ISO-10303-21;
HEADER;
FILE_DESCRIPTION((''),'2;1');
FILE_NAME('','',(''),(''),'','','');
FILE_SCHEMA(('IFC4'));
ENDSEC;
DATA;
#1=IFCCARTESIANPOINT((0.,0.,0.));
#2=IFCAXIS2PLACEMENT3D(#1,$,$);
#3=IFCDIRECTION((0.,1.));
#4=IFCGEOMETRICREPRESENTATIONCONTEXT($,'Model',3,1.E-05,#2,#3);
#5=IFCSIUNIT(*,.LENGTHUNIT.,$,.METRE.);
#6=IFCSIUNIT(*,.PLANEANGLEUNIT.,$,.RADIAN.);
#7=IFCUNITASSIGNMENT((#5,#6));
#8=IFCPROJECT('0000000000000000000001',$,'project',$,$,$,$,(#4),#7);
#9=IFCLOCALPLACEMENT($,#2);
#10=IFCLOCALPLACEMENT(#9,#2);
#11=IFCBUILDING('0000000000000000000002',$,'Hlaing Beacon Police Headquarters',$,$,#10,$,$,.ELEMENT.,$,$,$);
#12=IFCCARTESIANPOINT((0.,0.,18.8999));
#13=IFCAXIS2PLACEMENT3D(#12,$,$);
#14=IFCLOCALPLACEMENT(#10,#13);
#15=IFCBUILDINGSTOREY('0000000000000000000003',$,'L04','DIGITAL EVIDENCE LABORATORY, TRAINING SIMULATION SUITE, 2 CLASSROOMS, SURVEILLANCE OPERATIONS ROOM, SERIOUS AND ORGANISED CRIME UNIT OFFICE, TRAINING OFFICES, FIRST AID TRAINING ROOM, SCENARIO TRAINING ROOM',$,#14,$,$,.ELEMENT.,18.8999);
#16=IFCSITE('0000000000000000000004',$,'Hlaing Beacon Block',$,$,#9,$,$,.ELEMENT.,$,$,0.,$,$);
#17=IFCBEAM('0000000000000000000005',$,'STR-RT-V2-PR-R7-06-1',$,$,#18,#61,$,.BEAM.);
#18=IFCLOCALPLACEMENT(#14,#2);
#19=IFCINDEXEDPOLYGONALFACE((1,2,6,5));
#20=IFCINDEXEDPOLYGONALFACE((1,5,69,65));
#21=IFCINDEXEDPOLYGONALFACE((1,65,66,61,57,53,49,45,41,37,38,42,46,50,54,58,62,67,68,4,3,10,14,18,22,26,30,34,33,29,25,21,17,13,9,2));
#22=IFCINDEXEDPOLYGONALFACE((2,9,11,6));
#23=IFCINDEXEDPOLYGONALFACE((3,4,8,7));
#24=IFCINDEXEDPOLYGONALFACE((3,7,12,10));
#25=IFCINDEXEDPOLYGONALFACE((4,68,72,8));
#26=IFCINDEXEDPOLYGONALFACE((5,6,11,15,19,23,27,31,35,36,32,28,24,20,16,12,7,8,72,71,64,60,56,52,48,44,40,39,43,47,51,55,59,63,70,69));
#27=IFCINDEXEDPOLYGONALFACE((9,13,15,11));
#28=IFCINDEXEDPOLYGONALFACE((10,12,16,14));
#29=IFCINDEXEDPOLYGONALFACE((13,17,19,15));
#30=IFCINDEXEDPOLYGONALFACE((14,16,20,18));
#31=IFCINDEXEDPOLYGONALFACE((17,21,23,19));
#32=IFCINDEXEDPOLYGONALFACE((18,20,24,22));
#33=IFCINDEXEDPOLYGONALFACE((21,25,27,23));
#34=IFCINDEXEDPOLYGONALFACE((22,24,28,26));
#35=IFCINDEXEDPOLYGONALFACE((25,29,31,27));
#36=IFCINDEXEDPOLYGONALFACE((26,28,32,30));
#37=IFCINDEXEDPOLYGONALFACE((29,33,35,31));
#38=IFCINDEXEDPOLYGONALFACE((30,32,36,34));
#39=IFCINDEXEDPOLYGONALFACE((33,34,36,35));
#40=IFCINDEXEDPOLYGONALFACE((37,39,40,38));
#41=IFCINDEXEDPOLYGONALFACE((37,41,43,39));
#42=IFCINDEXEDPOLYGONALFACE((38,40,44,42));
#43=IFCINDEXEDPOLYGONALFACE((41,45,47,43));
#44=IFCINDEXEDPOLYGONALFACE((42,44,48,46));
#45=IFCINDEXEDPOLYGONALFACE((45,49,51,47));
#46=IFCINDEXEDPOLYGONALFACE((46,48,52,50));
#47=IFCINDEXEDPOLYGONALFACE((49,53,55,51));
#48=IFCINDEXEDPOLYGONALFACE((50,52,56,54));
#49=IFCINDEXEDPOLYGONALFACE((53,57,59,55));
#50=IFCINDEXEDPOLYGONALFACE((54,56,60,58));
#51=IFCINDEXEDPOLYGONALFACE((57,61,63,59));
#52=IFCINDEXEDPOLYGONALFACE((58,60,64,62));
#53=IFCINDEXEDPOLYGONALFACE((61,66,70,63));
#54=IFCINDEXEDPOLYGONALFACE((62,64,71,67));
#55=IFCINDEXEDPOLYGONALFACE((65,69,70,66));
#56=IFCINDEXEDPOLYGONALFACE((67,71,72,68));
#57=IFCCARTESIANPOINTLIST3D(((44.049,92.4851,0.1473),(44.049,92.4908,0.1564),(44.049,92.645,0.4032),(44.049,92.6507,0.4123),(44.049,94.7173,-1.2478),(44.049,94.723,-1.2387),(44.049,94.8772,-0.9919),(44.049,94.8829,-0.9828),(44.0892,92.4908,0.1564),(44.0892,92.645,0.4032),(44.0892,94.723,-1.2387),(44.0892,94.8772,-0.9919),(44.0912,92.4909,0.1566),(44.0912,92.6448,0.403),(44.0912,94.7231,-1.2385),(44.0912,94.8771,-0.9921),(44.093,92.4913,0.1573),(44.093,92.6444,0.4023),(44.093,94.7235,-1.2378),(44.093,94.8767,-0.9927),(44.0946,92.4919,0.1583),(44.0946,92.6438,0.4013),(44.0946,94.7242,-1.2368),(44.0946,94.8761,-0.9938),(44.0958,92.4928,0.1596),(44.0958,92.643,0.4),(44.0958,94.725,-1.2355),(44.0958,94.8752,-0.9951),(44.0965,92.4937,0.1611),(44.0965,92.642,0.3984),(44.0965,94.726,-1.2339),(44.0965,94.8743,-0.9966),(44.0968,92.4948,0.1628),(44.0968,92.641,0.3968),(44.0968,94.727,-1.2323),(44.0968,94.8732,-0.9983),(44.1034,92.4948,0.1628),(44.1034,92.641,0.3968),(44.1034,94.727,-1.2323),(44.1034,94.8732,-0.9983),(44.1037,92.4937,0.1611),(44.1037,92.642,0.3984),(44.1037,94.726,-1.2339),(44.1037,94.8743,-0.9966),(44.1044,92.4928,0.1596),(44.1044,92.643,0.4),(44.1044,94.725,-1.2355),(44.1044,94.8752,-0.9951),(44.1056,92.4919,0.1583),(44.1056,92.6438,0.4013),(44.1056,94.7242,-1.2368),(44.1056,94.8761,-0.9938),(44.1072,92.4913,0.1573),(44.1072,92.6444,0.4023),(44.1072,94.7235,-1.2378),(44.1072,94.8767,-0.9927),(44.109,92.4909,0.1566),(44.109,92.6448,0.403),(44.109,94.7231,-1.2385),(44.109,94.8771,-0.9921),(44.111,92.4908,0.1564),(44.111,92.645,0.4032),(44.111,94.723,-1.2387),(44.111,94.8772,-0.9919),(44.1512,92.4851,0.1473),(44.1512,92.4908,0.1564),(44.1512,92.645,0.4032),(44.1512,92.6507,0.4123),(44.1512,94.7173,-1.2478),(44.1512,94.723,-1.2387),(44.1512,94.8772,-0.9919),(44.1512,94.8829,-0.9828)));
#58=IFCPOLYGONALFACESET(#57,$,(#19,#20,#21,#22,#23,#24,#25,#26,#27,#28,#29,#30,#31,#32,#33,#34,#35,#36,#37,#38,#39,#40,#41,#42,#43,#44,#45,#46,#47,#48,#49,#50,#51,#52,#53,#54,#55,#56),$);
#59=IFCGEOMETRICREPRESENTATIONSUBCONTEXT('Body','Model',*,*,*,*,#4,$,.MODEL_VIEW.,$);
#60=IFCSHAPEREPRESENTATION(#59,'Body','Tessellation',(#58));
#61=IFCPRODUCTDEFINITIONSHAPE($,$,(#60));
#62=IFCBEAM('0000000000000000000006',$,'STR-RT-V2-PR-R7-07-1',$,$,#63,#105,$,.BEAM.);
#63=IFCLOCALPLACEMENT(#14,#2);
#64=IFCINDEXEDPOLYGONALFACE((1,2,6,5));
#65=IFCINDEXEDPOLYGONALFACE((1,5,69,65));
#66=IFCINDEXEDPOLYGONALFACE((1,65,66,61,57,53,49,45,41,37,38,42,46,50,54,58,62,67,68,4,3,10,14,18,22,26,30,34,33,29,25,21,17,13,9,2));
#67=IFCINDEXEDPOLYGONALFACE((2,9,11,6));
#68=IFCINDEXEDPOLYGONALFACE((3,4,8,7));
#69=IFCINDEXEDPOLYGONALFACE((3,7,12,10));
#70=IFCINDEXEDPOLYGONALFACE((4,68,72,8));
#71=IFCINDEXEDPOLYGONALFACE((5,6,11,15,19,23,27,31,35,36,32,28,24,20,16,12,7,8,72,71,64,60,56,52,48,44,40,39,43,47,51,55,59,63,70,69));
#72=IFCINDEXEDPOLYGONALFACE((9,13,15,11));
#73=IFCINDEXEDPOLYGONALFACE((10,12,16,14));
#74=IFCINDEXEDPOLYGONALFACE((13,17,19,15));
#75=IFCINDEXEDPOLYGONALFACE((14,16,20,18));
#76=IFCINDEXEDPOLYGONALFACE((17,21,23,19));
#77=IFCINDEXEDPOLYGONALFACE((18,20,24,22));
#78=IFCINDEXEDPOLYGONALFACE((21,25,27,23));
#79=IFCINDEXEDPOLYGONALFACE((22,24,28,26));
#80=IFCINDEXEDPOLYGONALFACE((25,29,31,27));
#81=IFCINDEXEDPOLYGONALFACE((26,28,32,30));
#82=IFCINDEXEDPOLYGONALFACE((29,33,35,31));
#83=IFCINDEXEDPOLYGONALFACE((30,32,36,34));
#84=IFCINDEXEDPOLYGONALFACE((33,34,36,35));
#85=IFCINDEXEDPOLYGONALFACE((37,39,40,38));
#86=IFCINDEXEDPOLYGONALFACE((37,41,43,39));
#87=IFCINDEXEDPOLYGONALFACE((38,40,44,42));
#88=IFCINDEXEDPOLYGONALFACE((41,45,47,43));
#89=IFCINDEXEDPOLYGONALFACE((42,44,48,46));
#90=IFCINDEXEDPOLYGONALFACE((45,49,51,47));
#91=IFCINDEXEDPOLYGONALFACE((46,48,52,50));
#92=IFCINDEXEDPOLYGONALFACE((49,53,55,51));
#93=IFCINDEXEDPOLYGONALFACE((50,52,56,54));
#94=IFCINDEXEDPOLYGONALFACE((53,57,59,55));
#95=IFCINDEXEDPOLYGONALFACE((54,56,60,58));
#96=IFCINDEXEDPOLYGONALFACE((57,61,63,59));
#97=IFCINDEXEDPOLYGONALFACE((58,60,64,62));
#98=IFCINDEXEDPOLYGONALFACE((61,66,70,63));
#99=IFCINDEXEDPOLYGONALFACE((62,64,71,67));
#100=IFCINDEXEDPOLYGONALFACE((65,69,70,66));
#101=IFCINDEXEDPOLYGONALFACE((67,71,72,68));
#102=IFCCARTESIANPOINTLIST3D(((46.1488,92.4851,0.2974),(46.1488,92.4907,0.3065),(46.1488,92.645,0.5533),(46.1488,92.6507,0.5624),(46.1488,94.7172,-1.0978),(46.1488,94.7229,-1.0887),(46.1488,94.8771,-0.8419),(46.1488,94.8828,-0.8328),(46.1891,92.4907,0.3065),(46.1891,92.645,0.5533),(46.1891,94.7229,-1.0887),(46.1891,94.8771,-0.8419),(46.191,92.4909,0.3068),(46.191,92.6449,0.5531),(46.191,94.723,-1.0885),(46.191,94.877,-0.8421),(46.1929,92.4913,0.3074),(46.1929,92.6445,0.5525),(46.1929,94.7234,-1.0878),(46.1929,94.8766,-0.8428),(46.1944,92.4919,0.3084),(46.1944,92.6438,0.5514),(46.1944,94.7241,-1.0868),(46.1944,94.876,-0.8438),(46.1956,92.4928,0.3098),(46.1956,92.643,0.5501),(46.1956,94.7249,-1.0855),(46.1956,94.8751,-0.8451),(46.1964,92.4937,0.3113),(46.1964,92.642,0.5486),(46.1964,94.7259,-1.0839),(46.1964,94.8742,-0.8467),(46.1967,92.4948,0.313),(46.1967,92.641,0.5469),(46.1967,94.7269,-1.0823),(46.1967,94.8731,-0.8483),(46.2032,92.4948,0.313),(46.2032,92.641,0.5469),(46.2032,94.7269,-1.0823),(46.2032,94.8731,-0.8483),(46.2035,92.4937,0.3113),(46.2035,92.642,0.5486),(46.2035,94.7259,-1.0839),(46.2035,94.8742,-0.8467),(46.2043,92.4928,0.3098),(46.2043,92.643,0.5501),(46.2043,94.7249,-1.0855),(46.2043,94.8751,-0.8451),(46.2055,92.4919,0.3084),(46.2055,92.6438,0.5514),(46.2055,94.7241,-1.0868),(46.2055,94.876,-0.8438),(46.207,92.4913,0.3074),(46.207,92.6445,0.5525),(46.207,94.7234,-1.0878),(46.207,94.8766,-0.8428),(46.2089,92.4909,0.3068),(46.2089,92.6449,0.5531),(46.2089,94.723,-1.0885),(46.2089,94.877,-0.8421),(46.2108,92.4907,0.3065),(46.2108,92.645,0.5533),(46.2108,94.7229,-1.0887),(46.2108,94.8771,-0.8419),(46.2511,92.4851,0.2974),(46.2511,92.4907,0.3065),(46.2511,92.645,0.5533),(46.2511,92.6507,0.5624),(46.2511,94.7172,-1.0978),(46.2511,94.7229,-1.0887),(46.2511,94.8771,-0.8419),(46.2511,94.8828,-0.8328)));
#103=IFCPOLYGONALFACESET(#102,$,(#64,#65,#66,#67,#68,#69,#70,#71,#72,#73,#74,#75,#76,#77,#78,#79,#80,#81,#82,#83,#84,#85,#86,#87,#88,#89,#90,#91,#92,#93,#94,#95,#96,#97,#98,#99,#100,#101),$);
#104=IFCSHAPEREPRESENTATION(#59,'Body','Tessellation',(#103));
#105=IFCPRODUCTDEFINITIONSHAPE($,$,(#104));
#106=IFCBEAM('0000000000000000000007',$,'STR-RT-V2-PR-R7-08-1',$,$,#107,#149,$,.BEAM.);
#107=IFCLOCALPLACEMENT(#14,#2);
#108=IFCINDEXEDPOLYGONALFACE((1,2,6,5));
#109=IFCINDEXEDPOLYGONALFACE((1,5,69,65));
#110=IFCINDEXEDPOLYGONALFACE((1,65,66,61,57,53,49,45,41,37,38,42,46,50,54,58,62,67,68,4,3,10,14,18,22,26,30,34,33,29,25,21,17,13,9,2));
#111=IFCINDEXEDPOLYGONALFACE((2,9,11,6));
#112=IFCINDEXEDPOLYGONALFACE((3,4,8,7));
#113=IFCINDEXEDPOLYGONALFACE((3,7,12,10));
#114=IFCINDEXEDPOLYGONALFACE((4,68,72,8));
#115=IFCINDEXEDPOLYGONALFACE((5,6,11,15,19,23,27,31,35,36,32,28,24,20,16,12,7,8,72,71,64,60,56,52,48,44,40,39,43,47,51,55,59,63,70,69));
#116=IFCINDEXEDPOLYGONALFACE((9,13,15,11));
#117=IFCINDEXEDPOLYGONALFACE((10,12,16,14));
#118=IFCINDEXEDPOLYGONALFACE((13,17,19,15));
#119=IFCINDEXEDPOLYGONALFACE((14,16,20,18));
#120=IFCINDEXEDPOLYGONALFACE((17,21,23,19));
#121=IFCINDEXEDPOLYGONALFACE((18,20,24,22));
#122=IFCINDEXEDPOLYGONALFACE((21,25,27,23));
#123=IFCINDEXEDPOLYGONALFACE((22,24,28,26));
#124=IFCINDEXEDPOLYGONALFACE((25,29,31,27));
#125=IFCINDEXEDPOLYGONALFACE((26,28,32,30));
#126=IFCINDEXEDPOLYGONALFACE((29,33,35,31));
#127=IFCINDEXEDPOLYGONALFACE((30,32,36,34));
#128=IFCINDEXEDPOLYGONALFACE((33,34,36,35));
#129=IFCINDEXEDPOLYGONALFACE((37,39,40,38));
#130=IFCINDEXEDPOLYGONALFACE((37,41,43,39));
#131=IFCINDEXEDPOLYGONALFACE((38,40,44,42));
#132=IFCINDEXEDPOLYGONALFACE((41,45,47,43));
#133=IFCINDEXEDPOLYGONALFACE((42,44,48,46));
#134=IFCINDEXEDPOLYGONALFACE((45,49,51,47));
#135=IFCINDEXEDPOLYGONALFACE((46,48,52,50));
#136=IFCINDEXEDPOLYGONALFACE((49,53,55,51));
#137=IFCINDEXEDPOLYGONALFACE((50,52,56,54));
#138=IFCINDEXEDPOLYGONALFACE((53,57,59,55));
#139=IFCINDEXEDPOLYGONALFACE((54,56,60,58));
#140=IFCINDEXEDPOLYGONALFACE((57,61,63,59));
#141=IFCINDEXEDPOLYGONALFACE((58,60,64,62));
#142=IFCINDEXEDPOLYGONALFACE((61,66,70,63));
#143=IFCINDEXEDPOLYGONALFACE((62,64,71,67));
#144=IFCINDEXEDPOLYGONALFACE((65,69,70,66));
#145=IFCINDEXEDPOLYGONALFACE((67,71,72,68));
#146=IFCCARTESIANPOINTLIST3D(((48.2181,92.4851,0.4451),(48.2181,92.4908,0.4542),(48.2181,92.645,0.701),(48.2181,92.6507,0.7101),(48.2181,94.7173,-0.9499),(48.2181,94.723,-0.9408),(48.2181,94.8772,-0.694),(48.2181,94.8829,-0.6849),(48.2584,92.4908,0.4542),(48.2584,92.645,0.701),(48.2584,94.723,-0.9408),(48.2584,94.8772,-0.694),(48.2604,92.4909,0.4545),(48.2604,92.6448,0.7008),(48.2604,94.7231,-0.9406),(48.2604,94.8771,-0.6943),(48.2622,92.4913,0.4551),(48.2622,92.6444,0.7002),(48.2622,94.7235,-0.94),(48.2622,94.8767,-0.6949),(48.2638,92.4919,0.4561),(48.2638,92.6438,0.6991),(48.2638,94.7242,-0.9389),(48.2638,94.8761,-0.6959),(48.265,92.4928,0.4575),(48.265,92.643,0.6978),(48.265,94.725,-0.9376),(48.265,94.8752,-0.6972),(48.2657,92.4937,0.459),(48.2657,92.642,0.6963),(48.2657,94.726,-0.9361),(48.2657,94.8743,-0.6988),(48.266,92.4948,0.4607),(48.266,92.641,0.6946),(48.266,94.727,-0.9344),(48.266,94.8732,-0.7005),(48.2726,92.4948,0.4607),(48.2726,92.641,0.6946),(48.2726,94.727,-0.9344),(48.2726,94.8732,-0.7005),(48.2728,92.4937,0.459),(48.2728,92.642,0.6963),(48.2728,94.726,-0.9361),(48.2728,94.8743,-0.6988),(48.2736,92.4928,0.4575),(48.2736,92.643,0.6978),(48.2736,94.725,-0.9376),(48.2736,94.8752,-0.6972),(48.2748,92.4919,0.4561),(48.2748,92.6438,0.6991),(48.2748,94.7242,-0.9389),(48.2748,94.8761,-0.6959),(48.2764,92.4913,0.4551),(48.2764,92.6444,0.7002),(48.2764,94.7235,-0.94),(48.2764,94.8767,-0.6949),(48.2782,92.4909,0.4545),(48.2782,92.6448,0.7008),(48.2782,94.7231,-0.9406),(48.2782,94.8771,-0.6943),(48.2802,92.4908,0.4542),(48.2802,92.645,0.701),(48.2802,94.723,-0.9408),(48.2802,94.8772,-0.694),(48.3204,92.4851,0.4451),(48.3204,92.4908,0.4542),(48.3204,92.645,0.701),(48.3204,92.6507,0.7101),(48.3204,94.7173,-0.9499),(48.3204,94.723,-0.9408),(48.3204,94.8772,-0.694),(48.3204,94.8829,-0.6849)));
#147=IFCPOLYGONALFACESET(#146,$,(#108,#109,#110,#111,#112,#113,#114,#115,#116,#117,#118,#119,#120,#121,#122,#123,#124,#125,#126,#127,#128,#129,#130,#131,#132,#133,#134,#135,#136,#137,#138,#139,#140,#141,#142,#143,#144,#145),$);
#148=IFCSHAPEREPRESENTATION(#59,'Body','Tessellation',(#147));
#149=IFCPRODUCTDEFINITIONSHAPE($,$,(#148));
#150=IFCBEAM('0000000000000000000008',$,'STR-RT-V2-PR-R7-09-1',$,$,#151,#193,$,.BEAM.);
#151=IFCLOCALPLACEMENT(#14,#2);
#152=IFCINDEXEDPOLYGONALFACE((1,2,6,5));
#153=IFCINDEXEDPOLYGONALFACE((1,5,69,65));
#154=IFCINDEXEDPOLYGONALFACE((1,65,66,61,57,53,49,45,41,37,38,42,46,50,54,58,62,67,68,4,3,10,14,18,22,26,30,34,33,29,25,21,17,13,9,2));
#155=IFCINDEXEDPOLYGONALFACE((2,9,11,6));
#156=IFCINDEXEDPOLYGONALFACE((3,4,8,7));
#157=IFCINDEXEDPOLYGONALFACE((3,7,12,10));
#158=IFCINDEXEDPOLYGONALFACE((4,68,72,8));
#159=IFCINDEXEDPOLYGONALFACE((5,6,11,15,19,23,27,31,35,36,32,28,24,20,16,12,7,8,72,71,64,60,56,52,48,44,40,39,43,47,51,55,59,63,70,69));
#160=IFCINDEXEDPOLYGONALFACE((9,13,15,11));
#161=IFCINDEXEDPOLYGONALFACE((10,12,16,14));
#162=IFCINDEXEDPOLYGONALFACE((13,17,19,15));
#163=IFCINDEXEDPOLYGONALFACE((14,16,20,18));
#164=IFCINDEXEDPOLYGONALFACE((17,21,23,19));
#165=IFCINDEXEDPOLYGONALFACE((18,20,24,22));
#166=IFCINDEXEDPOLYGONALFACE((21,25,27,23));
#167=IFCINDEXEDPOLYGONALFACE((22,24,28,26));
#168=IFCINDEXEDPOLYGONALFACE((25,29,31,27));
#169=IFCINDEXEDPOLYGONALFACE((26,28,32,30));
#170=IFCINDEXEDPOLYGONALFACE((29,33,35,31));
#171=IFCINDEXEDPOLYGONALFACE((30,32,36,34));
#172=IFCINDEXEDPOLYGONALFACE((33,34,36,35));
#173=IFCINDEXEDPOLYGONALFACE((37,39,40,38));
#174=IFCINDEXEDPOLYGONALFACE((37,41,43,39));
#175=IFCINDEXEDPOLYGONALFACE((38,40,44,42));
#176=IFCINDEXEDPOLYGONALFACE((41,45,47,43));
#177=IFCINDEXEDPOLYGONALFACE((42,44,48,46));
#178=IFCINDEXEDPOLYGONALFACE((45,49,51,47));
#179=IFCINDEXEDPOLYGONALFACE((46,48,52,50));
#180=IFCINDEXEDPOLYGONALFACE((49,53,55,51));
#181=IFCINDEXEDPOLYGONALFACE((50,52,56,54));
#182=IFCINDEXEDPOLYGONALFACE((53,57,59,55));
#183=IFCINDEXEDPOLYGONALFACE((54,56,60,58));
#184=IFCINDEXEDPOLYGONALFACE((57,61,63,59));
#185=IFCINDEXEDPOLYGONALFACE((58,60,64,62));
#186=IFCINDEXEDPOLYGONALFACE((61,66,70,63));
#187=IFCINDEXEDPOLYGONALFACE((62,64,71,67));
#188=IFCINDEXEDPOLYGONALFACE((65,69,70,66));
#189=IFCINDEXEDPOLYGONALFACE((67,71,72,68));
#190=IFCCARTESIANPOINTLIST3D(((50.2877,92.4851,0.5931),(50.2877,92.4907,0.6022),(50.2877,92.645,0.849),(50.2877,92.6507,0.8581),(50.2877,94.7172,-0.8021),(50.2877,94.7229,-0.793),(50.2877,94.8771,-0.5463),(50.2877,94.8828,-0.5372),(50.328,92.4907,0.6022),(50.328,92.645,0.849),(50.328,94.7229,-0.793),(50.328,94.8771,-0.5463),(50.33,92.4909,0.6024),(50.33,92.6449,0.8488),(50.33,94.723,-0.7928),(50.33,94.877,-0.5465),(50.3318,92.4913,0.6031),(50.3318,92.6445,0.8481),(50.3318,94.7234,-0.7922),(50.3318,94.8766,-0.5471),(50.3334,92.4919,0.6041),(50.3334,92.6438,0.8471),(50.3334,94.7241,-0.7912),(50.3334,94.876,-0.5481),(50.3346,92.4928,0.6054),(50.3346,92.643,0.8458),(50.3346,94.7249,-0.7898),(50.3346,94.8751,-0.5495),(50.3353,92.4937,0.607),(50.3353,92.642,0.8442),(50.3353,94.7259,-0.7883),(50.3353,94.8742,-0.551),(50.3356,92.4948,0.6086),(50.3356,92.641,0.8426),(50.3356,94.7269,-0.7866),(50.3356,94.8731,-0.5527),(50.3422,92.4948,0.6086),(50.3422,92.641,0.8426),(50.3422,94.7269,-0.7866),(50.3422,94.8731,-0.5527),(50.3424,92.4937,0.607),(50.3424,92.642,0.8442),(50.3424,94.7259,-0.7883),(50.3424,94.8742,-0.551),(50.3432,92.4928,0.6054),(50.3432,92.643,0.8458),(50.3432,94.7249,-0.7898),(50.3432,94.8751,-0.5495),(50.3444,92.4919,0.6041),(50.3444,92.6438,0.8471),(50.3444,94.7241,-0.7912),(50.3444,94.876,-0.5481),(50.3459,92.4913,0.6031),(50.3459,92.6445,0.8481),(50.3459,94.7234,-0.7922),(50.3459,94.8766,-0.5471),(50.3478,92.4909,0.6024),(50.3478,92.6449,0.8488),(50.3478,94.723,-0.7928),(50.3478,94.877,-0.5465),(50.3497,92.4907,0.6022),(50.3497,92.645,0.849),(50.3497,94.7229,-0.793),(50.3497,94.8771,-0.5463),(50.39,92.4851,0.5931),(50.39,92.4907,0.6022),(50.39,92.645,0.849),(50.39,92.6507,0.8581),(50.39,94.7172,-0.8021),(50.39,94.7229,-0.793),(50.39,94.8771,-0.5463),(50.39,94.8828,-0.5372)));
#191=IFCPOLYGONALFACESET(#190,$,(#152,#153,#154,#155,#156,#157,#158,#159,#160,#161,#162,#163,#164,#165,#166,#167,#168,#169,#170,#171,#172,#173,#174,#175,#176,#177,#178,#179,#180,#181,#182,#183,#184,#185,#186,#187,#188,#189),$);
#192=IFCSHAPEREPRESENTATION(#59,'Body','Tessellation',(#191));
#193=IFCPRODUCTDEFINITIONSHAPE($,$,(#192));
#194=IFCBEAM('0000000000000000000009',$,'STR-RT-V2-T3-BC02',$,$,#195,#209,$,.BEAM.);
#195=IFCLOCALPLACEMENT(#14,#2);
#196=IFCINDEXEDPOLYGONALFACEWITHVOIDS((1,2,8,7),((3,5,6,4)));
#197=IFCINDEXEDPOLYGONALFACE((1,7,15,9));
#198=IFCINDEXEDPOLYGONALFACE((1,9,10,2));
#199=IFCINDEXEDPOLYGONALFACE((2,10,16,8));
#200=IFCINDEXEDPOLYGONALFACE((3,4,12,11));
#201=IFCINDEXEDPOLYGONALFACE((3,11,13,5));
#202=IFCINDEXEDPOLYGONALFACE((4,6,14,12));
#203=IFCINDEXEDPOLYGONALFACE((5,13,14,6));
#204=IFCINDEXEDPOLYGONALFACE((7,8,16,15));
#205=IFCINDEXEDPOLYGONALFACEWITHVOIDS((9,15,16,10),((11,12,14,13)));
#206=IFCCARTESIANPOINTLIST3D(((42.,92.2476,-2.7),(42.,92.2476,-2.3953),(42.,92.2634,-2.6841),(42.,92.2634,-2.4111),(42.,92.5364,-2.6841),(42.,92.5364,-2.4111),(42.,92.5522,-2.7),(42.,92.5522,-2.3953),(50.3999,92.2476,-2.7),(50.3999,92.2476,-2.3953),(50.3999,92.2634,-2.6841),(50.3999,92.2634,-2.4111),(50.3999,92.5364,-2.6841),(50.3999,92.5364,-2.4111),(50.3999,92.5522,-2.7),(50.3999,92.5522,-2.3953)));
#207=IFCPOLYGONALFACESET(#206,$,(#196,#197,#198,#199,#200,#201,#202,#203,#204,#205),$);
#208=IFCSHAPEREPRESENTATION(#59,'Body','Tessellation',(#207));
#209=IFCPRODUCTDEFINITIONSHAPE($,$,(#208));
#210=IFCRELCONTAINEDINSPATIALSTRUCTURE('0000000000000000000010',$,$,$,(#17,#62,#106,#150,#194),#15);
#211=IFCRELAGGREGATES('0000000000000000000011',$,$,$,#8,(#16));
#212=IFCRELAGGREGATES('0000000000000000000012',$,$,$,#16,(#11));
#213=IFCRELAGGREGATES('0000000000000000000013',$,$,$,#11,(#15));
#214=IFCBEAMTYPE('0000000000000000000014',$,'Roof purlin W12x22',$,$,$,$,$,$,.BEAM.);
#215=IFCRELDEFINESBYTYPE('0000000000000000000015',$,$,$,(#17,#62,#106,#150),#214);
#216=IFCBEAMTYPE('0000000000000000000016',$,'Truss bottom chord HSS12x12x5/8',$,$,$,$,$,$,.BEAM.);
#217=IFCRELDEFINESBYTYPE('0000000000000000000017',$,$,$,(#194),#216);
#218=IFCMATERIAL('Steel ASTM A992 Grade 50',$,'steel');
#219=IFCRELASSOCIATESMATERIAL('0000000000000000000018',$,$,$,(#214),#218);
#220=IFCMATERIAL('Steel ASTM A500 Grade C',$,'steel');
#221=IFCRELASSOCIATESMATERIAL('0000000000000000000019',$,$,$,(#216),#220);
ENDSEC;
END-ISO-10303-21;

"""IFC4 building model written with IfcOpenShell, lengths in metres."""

from ifc_helpers import new_model, si_unit, direction, frame, origin, origin_2d, place, context, subcontext, project, spatial, hollow_rectangle, i_section, extrude, material, material_profile, profile_set, type_object, element, save


model = new_model("IFC4")

# Units and contexts
model_context = context("Model", 3, precision=1e-05, world=origin(), true_north=direction((0.0, 1.0)))
body_context = subcontext(model_context, "Body", "Model", "MODEL_VIEW")
ifc_project = project(units=[si_unit("LENGTHUNIT", "METRE"), si_unit("PLANEANGLEUNIT", "RADIAN")], contexts=[model_context])

# Site, building, storey
site_placement = place(None, origin())
site = spatial("IfcSite", under=ifc_project, at=site_placement, Name="Hlaing Beacon Block", CompositionType="ELEMENT", RefElevation=0.0)
building_placement = place(site_placement, origin())
building = spatial("IfcBuilding", under=site, at=building_placement, Name="Hlaing Beacon Police Headquarters", CompositionType="ELEMENT")
storey_placement = place(building_placement, frame((0.0, 0.0, 18.8999)))
storey = spatial("IfcBuildingStorey", under=building, at=storey_placement, Name="L04", Description="DIGITAL EVIDENCE LABORATORY, TRAINING SIMULATION SUITE, 2 CLASSROOMS, SURVEILLANCE OPERATIONS ROOM, SERIOUS AND ORGANISED CRIME UNIT OFFICE, TRAINING OFFICES, FIRST AID TRAINING ROOM, SCENARIO TRAINING ROOM", CompositionType="ELEMENT", Elevation=18.8999)

# Beams
ifc_material_1 = material(Name="Steel ASTM A992 Grade 50", Category="steel")
ifc_material_profile_1 = material_profile(ifc_material_1, i_section(OverallWidth=0.1023, OverallDepth=0.3125, WebThickness=0.0066, FlangeThickness=0.0107, FilletRadius=0.0076, at=origin_2d()), Name="W12x22")
ifc_profile_set_1 = profile_set([ifc_material_profile_1], Name="Steel ASTM A992 Grade 50")
beam_type_1 = type_object("IfcBeamType", Name="Roof purlin W12x22", PredefinedType="BEAM", material=ifc_profile_set_1)
for number, where, z_axis, x_axis, name in (
    (1, (44.1001, 92.5679, 0.2798), (0.0, 0.848014, -0.529974), (-1.0, 0.0, 0.0), "STR-RT-V2-PR-R7-06-1"),
    (2, (46.2, 92.5679, 0.4299), (0.0, 0.847972, -0.530041), (-1.0, 0.0, 0.0), "STR-RT-V2-PR-R7-07-1"),
    (3, (48.2693, 92.5679, 0.5776), (0.0, 0.848014, -0.529974), (-1.0, 0.0, 0.0), "STR-RT-V2-PR-R7-08-1"),
    (4, (50.3389, 92.5679, 0.7256), (0.0, 0.847972, -0.530041), (-1.0, 0.0, 0.0), "STR-RT-V2-PR-R7-09-1"),
):
    element("IfcBeam", number, at=place(storey_placement, frame(where, z_axis=z_axis, x_axis=x_axis)), inside=storey, type_object=beam_type_1, Name=name, PredefinedType="BEAM", context=body_context, shape_type="SweptSolid", body=[
        extrude(i_section(OverallWidth=0.1023, OverallDepth=0.3125, WebThickness=0.0066, FlangeThickness=0.0107, FilletRadius=0.0076, at=origin_2d()), origin(), (0.0, 0.0, 1.0), 2.6323),
    ])
ifc_material_2 = material(Name="Steel ASTM A500 Grade C", Category="steel")
ifc_material_profile_2 = material_profile(ifc_material_2, hollow_rectangle(XDim=0.3047, YDim=0.3047, WallThickness=0.0159, at=origin_2d()), Name="HSS12x12x5/8")
ifc_profile_set_2 = profile_set([ifc_material_profile_2], Name="Steel ASTM A500 Grade C")
beam_type_2 = type_object("IfcBeamType", Name="Truss bottom chord HSS12x12x5/8", PredefinedType="BEAM", material=ifc_profile_set_2)
beam_1_placement = place(storey_placement, frame((42.0, 92.3999, -2.5476), z_axis=(1.0, 0.0, 0.0), x_axis=(0.0, 1.0, 0.0)))
element("IfcBeam", 5, at=beam_1_placement, inside=storey, type_object=beam_type_2, Name="STR-RT-V2-T3-BC02", PredefinedType="BEAM", context=body_context, shape_type="SweptSolid", body=[
    extrude(hollow_rectangle(XDim=0.3047, YDim=0.3047, WallThickness=0.0159, at=origin_2d()), origin(), (0.0, 0.0, 1.0), 8.3999),
])

save(model, "model.ifc")
